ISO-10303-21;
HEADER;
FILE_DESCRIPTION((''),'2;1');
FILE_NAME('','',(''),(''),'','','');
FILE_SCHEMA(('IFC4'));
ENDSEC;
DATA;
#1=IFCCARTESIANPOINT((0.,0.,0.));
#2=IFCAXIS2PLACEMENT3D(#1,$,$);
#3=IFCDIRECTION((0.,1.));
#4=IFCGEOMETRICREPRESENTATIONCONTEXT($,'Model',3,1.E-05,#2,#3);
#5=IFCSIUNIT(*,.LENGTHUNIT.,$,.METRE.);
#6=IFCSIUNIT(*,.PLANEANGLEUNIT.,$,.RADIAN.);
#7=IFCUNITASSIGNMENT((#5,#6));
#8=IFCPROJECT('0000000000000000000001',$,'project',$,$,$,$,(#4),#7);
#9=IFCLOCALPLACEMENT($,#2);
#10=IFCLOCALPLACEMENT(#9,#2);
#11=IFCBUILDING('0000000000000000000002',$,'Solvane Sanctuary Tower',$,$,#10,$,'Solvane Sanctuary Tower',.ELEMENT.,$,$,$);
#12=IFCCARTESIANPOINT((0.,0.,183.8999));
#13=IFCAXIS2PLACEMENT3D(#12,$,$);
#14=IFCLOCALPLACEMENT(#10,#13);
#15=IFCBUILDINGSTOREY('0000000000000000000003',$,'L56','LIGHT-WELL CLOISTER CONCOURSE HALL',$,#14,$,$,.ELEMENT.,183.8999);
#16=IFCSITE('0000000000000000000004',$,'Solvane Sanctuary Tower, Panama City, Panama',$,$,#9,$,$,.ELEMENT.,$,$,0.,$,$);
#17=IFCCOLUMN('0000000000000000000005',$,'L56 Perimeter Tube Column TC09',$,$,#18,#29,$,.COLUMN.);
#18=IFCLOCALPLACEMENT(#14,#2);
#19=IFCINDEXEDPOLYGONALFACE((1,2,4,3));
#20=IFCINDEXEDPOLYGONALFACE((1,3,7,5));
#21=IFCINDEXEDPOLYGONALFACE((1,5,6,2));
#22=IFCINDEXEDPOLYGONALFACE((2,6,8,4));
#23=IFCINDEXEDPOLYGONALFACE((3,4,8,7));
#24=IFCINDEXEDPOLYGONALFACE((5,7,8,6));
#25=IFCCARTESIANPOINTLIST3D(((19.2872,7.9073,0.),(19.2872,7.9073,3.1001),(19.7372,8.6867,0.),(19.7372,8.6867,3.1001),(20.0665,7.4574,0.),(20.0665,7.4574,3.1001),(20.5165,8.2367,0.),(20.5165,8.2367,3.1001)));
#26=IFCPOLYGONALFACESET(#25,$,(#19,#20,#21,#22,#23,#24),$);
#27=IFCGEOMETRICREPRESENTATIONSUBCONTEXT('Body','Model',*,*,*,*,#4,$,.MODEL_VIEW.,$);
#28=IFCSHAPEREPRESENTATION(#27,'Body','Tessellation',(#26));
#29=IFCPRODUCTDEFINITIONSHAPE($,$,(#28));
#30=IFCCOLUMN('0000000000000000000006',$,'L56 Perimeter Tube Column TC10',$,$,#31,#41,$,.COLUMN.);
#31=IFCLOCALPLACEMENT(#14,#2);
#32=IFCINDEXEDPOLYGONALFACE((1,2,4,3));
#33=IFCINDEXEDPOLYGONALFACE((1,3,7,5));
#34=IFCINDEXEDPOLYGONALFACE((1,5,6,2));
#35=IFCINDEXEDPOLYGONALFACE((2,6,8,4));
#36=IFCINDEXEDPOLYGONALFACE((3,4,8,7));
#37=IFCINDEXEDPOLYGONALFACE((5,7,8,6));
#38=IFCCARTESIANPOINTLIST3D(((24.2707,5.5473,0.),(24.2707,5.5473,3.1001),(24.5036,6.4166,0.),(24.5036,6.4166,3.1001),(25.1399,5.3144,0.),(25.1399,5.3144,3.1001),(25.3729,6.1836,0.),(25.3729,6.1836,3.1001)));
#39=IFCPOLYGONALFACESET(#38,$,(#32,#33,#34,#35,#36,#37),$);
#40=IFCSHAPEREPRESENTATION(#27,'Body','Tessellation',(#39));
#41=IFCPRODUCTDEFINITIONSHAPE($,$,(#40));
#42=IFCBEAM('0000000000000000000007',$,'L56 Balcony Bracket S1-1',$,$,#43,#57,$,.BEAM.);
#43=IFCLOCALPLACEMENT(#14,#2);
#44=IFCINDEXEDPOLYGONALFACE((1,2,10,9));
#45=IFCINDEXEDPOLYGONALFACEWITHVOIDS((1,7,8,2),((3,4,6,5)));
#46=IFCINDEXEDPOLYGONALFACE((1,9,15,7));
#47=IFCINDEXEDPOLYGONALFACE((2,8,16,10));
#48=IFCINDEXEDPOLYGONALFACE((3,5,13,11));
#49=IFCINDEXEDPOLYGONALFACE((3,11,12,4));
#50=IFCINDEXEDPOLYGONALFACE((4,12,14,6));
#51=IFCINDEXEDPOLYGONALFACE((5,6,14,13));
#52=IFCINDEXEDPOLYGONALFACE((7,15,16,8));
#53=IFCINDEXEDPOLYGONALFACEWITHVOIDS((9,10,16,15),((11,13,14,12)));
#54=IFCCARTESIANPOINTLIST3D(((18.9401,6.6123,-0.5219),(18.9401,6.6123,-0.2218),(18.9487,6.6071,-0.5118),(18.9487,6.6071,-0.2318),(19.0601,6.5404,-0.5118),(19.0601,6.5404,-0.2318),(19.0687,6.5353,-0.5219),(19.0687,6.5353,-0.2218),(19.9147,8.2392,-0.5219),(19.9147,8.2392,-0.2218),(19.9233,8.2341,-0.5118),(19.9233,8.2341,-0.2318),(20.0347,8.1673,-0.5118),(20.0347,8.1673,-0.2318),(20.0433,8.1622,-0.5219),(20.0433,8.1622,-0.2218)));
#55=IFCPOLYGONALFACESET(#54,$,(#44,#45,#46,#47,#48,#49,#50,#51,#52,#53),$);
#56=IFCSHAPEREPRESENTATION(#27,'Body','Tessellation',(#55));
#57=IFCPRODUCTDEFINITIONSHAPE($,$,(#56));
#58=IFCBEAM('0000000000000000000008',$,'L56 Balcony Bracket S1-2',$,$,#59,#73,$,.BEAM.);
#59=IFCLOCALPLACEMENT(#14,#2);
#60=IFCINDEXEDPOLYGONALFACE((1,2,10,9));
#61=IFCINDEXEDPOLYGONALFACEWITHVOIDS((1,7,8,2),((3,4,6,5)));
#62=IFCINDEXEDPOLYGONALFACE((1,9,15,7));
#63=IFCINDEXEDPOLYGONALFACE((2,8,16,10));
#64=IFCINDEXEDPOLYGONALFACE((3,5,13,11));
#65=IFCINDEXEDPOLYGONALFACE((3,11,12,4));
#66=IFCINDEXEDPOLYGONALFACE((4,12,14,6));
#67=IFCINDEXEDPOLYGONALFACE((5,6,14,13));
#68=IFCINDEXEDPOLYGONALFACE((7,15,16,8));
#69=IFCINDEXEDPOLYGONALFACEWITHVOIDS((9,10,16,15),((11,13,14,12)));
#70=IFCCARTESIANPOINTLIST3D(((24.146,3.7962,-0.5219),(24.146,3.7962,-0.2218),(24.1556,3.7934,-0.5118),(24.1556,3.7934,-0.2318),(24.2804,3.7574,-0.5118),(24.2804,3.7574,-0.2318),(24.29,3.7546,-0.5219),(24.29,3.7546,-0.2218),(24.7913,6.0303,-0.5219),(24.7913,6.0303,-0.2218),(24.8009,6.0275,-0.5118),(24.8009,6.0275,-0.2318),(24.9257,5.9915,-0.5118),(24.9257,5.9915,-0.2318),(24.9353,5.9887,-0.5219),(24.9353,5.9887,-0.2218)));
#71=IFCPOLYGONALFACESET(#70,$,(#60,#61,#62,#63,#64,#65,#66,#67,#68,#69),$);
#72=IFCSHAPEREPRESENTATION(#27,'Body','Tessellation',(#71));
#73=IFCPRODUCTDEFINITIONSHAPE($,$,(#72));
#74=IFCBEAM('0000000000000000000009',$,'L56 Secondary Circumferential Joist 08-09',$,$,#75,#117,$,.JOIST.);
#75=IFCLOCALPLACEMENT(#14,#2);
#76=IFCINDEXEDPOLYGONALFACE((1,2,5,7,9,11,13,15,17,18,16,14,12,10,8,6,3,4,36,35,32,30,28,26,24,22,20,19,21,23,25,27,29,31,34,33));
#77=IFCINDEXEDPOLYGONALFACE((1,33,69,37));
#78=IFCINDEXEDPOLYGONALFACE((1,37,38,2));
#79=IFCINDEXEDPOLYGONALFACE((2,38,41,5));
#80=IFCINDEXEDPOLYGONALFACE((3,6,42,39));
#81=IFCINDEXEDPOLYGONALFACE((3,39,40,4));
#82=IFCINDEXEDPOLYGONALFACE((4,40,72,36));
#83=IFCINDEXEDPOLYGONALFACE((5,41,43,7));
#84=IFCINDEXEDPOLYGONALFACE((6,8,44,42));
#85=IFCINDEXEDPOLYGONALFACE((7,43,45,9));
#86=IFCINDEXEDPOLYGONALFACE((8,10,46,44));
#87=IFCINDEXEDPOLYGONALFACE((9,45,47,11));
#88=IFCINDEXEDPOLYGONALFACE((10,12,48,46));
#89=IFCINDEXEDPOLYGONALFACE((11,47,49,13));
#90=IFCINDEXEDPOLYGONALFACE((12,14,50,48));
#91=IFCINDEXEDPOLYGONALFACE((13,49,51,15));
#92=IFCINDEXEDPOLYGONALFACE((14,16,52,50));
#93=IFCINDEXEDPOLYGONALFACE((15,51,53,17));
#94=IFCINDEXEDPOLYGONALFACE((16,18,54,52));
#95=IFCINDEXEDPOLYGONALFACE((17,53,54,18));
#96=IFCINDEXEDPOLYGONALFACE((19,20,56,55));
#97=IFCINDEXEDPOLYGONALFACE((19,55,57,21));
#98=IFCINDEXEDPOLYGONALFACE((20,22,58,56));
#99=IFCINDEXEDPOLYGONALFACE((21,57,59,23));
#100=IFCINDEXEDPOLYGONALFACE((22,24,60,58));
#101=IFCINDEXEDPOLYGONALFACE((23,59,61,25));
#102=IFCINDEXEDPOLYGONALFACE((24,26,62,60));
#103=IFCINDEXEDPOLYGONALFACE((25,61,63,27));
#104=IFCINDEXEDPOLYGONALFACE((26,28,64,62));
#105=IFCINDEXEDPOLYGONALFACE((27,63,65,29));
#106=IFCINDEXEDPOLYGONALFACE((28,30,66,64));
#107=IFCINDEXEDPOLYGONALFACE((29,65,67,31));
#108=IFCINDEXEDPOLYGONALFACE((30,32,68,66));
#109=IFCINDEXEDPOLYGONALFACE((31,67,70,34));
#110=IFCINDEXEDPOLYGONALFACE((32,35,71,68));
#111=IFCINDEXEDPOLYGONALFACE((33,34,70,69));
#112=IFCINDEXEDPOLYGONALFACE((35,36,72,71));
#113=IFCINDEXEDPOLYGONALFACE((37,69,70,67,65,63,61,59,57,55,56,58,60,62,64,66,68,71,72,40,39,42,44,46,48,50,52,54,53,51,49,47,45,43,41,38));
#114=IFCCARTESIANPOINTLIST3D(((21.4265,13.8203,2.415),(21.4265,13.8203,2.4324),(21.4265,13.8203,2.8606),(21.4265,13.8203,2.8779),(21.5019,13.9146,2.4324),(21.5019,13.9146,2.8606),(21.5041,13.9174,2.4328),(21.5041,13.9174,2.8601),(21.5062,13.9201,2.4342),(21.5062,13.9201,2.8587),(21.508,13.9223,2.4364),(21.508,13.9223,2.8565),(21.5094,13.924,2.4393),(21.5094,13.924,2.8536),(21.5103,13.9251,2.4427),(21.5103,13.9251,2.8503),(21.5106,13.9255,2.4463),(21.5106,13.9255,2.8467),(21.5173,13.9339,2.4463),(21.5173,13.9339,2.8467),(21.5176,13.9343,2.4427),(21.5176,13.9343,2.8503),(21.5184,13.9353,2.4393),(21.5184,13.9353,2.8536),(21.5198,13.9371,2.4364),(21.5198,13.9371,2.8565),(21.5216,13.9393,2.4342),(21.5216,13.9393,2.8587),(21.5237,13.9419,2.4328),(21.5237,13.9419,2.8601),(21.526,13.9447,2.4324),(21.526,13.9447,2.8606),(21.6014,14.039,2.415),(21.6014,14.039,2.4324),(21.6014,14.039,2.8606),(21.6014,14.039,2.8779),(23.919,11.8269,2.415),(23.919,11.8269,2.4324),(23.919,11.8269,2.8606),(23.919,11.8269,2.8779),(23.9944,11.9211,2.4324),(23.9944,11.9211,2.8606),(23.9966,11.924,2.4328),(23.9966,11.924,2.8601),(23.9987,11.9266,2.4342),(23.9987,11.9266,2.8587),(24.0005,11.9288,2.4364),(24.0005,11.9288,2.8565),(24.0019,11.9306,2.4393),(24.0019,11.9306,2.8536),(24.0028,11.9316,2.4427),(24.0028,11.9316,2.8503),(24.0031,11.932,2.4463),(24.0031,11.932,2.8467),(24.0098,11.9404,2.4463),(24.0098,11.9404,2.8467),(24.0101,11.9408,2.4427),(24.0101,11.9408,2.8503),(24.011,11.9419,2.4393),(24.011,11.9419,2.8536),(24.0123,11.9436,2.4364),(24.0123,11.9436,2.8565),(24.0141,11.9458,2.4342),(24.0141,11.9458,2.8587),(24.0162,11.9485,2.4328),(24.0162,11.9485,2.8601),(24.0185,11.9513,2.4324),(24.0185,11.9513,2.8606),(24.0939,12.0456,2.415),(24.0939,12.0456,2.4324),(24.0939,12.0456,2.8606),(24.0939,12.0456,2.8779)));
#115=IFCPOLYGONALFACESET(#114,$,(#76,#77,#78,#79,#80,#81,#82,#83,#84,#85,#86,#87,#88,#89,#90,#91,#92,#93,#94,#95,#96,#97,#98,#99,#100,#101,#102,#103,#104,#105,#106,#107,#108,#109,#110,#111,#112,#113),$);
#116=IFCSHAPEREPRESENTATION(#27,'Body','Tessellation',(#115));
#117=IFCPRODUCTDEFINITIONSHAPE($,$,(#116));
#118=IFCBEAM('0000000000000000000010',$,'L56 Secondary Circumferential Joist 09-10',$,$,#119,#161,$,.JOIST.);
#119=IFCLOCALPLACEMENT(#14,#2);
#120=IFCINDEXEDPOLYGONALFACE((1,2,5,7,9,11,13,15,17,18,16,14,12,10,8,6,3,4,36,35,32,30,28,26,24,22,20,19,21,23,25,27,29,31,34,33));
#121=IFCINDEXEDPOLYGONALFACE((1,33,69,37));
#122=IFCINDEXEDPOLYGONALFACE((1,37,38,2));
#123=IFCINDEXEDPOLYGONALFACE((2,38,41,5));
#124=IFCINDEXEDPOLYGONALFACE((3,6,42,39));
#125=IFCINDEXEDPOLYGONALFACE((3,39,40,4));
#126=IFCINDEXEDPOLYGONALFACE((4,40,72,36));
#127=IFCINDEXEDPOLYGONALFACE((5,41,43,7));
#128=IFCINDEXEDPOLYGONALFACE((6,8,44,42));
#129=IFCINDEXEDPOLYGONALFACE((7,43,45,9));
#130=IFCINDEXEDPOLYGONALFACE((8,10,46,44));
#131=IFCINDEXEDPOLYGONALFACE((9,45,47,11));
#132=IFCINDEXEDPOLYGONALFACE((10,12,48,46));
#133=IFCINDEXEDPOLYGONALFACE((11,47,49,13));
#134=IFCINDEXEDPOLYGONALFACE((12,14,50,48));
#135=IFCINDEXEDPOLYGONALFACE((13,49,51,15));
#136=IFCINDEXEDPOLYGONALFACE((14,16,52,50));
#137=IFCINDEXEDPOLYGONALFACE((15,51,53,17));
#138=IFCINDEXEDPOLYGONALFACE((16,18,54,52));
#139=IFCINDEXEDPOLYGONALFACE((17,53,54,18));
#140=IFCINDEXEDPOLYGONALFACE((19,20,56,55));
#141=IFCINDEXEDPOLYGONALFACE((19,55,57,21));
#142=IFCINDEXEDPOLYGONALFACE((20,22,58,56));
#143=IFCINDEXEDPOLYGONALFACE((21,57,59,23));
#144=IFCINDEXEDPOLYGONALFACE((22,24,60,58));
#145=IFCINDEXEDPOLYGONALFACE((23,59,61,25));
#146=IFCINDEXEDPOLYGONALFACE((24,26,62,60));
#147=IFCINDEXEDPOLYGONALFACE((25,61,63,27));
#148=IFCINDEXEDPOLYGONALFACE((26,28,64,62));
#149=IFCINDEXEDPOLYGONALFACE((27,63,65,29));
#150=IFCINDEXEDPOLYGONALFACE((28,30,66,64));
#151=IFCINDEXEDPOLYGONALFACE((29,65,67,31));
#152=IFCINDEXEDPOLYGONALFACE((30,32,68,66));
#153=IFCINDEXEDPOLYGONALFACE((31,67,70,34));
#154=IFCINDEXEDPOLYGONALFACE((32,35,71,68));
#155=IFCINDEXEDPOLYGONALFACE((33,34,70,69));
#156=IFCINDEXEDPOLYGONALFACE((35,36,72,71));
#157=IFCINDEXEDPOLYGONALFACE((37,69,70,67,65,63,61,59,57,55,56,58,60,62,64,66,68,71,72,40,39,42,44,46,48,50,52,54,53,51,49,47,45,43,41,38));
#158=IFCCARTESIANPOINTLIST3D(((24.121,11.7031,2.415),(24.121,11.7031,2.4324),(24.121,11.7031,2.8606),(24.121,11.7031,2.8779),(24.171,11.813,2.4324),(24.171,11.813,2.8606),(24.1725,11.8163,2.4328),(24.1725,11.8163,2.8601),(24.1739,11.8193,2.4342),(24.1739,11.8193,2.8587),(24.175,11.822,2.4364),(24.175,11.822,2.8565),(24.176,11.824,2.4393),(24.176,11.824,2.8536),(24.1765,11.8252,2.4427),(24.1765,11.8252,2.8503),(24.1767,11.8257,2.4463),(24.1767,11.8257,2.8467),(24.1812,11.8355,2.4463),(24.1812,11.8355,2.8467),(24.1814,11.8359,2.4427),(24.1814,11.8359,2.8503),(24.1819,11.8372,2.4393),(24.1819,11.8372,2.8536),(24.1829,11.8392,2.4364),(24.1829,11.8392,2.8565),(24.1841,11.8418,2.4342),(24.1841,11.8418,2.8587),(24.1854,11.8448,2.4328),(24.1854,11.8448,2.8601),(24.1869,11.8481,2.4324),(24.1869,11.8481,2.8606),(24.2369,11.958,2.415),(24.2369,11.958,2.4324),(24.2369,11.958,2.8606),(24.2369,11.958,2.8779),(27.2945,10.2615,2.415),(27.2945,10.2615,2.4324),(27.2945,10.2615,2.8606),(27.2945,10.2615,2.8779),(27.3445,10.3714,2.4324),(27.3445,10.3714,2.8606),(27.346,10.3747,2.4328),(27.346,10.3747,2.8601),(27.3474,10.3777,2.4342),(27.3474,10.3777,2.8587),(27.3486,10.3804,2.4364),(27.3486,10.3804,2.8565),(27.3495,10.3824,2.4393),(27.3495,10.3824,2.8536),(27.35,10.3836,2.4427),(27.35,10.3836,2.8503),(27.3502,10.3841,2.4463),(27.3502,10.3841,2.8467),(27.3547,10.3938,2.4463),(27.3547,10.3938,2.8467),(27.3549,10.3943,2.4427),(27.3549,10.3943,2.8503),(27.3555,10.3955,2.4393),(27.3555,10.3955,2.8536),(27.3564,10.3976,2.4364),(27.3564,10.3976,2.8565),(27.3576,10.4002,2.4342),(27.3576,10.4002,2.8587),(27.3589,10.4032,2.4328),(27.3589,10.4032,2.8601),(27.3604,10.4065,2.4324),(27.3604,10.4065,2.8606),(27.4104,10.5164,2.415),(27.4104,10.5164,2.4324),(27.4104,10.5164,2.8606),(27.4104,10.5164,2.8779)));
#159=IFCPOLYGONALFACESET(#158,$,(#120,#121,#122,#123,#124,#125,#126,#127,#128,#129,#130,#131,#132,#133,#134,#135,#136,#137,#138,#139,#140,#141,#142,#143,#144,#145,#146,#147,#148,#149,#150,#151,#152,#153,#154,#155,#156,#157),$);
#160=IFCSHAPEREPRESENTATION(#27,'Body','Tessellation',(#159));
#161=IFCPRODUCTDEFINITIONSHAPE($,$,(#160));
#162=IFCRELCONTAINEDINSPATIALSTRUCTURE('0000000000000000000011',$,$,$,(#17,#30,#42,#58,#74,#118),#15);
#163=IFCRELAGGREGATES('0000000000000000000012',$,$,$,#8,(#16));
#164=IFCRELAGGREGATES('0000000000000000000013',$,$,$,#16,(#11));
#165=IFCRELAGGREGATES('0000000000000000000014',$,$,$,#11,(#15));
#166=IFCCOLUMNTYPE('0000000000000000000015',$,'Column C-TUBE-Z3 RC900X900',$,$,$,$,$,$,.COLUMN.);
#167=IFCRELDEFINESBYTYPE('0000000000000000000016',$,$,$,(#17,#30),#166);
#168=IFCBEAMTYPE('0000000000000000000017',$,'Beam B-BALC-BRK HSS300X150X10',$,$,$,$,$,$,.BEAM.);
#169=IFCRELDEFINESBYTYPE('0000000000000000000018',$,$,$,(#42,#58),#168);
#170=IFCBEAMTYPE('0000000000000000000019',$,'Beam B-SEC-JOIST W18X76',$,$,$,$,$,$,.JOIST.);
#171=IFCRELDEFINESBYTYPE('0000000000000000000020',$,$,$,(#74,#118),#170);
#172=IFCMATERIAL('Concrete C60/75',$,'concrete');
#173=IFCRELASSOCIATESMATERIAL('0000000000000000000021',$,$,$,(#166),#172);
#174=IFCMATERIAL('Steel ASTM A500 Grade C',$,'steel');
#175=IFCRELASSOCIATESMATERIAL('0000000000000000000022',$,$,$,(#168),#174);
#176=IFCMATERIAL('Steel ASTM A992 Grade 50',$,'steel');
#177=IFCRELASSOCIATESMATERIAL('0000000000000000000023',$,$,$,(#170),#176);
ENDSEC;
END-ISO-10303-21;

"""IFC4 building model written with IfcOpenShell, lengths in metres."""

from ifc_helpers import new_model, si_unit, direction, frame, origin, origin_2d, place, context, subcontext, project, spatial, rectangle, hollow_rectangle, i_section, extrude, material, material_profile, profile_set, type_object, element, save


model = new_model("IFC4")

# Units and contexts
model_context = context("Model", 3, precision=1e-05, world=origin(), true_north=direction((0.0, 1.0)))
body_context = subcontext(model_context, "Body", "Model", "MODEL_VIEW")
ifc_project = project(units=[si_unit("LENGTHUNIT", "METRE"), si_unit("PLANEANGLEUNIT", "RADIAN")], contexts=[model_context])

# Site, building, storey
site_placement = place(None, origin())
site = spatial("IfcSite", under=ifc_project, at=site_placement, Name="Solvane Sanctuary Tower, Panama City, Panama", CompositionType="ELEMENT", RefElevation=0.0)
building_placement = place(site_placement, origin())
building = spatial("IfcBuilding", under=site, at=building_placement, Name="Solvane Sanctuary Tower", LongName="Solvane Sanctuary Tower", CompositionType="ELEMENT")
storey_placement = place(building_placement, frame((0.0, 0.0, 183.8999)))
storey = spatial("IfcBuildingStorey", under=building, at=storey_placement, Name="L56", Description="LIGHT-WELL CLOISTER CONCOURSE HALL", CompositionType="ELEMENT", Elevation=183.8999)

# Columns
ifc_material_1 = material(Name="Concrete C60/75", Category="concrete")
ifc_material_profile_1 = material_profile(ifc_material_1, rectangle(XDim=0.8999, YDim=0.8999, at=origin_2d()), Name="RC900X900")
ifc_profile_set_1 = profile_set([ifc_material_profile_1], Name="Concrete C60/75")
column_type = type_object("IfcColumnType", Name="Column C-TUBE-Z3 RC900X900", PredefinedType="COLUMN", material=ifc_profile_set_1)
for number, where, z_axis, x_axis, name in (
    (1, (19.9019, 8.072, 0.0), (0.0, 0.0, 1.0), (-0.5, -0.866025, 0.0), "L56 Perimeter Tube Column TC09"),
    (2, (24.8218, 5.8655, 0.0), (0.0, 0.0, 1.0), (-0.258819, -0.965926, 0.0), "L56 Perimeter Tube Column TC10"),
):
    element("IfcColumn", number, at=place(storey_placement, frame(where, z_axis=z_axis, x_axis=x_axis)), inside=storey, type_object=column_type, Name=name, PredefinedType="COLUMN", context=body_context, shape_type="SweptSolid", body=[
        extrude(rectangle(XDim=0.8999, YDim=0.8999, at=origin_2d()), origin(), (0.0, 0.0, 1.0), 3.1001),
    ])

# Beams
ifc_material_2 = material(Name="Steel ASTM A500 Grade C", Category="steel")
ifc_material_profile_2 = material_profile(ifc_material_2, hollow_rectangle(XDim=0.1499, YDim=0.3, WallThickness=0.01, at=origin_2d()), Name="HSS300X150X10")
ifc_profile_set_2 = profile_set([ifc_material_profile_2], Name="Steel ASTM A500 Grade C")
beam_type_1 = type_object("IfcBeamType", Name="Beam B-BALC-BRK HSS300X150X10", PredefinedType="BEAM", material=ifc_profile_set_2)
beam_1_placement = place(storey_placement, frame((19.979, 8.2007, -0.3718), z_axis=(-0.51389, -0.857856, 0.0), x_axis=(0.857856, -0.51389, 0.0)))
element("IfcBeam", 3, at=beam_1_placement, inside=storey, type_object=beam_type_1, Name="L56 Balcony Bracket S1-1", PredefinedType="BEAM", context=body_context, shape_type="SweptSolid", body=[
    extrude(hollow_rectangle(XDim=0.1499, YDim=0.3, WallThickness=0.01, at=origin_2d()), origin(), (0.0, 0.0, 1.0), 1.8965),
])
beam_2_placement = place(storey_placement, frame((24.8633, 6.0095, -0.3718), z_axis=(-0.277479, -0.960732, 0.0), x_axis=(0.960732, -0.277479, 0.0)))
element("IfcBeam", 4, at=beam_2_placement, inside=storey, type_object=beam_type_1, Name="L56 Balcony Bracket S1-2", PredefinedType="BEAM", context=body_context, shape_type="SweptSolid", body=[
    extrude(hollow_rectangle(XDim=0.1499, YDim=0.3, WallThickness=0.01, at=origin_2d()), origin(), (0.0, 0.0, 1.0), 2.3254),
])
ifc_material_3 = material(Name="Steel ASTM A992 Grade 50", Category="steel")
ifc_material_profile_3 = material_profile(ifc_material_3, i_section(OverallWidth=0.28, OverallDepth=0.4629, WebThickness=0.0107, FlangeThickness=0.0173, FilletRadius=0.0139, at=origin_2d()), Name="W18X76")
ifc_profile_set_3 = profile_set([ifc_material_profile_3], Name="Steel ASTM A992 Grade 50")
beam_type_2 = type_object("IfcBeamType", Name="Beam B-SEC-JOIST W18X76", PredefinedType="JOIST", material=ifc_profile_set_3)
beam_3_placement = place(storey_placement, frame((21.5139, 13.9297, 2.6465), z_axis=(0.780951, -0.624592, 0.0), x_axis=(0.624592, 0.780951, 0.0)))
element("IfcBeam", 5, at=beam_3_placement, inside=storey, type_object=beam_type_2, Name="L56 Secondary Circumferential Joist 08-09", PredefinedType="JOIST", context=body_context, shape_type="SweptSolid", body=[
    extrude(i_section(OverallWidth=0.28, OverallDepth=0.4629, WebThickness=0.0107, FlangeThickness=0.0173, FilletRadius=0.0139, at=origin_2d()), origin(), (0.0, 0.0, 1.0), 3.1917),
])
beam_4_placement = place(storey_placement, frame((24.179, 11.8306, 2.6465), z_axis=(0.910462, -0.413592, 0.0), x_axis=(0.413592, 0.910462, 0.0)))
element("IfcBeam", 6, at=beam_4_placement, inside=storey, type_object=beam_type_2, Name="L56 Secondary Circumferential Joist 09-10", PredefinedType="JOIST", context=body_context, shape_type="SweptSolid", body=[
    extrude(i_section(OverallWidth=0.28, OverallDepth=0.4629, WebThickness=0.0107, FlangeThickness=0.0173, FilletRadius=0.0139, at=origin_2d()), origin(), (0.0, 0.0, 1.0), 3.4856),
])

save(model, "model.ifc")
